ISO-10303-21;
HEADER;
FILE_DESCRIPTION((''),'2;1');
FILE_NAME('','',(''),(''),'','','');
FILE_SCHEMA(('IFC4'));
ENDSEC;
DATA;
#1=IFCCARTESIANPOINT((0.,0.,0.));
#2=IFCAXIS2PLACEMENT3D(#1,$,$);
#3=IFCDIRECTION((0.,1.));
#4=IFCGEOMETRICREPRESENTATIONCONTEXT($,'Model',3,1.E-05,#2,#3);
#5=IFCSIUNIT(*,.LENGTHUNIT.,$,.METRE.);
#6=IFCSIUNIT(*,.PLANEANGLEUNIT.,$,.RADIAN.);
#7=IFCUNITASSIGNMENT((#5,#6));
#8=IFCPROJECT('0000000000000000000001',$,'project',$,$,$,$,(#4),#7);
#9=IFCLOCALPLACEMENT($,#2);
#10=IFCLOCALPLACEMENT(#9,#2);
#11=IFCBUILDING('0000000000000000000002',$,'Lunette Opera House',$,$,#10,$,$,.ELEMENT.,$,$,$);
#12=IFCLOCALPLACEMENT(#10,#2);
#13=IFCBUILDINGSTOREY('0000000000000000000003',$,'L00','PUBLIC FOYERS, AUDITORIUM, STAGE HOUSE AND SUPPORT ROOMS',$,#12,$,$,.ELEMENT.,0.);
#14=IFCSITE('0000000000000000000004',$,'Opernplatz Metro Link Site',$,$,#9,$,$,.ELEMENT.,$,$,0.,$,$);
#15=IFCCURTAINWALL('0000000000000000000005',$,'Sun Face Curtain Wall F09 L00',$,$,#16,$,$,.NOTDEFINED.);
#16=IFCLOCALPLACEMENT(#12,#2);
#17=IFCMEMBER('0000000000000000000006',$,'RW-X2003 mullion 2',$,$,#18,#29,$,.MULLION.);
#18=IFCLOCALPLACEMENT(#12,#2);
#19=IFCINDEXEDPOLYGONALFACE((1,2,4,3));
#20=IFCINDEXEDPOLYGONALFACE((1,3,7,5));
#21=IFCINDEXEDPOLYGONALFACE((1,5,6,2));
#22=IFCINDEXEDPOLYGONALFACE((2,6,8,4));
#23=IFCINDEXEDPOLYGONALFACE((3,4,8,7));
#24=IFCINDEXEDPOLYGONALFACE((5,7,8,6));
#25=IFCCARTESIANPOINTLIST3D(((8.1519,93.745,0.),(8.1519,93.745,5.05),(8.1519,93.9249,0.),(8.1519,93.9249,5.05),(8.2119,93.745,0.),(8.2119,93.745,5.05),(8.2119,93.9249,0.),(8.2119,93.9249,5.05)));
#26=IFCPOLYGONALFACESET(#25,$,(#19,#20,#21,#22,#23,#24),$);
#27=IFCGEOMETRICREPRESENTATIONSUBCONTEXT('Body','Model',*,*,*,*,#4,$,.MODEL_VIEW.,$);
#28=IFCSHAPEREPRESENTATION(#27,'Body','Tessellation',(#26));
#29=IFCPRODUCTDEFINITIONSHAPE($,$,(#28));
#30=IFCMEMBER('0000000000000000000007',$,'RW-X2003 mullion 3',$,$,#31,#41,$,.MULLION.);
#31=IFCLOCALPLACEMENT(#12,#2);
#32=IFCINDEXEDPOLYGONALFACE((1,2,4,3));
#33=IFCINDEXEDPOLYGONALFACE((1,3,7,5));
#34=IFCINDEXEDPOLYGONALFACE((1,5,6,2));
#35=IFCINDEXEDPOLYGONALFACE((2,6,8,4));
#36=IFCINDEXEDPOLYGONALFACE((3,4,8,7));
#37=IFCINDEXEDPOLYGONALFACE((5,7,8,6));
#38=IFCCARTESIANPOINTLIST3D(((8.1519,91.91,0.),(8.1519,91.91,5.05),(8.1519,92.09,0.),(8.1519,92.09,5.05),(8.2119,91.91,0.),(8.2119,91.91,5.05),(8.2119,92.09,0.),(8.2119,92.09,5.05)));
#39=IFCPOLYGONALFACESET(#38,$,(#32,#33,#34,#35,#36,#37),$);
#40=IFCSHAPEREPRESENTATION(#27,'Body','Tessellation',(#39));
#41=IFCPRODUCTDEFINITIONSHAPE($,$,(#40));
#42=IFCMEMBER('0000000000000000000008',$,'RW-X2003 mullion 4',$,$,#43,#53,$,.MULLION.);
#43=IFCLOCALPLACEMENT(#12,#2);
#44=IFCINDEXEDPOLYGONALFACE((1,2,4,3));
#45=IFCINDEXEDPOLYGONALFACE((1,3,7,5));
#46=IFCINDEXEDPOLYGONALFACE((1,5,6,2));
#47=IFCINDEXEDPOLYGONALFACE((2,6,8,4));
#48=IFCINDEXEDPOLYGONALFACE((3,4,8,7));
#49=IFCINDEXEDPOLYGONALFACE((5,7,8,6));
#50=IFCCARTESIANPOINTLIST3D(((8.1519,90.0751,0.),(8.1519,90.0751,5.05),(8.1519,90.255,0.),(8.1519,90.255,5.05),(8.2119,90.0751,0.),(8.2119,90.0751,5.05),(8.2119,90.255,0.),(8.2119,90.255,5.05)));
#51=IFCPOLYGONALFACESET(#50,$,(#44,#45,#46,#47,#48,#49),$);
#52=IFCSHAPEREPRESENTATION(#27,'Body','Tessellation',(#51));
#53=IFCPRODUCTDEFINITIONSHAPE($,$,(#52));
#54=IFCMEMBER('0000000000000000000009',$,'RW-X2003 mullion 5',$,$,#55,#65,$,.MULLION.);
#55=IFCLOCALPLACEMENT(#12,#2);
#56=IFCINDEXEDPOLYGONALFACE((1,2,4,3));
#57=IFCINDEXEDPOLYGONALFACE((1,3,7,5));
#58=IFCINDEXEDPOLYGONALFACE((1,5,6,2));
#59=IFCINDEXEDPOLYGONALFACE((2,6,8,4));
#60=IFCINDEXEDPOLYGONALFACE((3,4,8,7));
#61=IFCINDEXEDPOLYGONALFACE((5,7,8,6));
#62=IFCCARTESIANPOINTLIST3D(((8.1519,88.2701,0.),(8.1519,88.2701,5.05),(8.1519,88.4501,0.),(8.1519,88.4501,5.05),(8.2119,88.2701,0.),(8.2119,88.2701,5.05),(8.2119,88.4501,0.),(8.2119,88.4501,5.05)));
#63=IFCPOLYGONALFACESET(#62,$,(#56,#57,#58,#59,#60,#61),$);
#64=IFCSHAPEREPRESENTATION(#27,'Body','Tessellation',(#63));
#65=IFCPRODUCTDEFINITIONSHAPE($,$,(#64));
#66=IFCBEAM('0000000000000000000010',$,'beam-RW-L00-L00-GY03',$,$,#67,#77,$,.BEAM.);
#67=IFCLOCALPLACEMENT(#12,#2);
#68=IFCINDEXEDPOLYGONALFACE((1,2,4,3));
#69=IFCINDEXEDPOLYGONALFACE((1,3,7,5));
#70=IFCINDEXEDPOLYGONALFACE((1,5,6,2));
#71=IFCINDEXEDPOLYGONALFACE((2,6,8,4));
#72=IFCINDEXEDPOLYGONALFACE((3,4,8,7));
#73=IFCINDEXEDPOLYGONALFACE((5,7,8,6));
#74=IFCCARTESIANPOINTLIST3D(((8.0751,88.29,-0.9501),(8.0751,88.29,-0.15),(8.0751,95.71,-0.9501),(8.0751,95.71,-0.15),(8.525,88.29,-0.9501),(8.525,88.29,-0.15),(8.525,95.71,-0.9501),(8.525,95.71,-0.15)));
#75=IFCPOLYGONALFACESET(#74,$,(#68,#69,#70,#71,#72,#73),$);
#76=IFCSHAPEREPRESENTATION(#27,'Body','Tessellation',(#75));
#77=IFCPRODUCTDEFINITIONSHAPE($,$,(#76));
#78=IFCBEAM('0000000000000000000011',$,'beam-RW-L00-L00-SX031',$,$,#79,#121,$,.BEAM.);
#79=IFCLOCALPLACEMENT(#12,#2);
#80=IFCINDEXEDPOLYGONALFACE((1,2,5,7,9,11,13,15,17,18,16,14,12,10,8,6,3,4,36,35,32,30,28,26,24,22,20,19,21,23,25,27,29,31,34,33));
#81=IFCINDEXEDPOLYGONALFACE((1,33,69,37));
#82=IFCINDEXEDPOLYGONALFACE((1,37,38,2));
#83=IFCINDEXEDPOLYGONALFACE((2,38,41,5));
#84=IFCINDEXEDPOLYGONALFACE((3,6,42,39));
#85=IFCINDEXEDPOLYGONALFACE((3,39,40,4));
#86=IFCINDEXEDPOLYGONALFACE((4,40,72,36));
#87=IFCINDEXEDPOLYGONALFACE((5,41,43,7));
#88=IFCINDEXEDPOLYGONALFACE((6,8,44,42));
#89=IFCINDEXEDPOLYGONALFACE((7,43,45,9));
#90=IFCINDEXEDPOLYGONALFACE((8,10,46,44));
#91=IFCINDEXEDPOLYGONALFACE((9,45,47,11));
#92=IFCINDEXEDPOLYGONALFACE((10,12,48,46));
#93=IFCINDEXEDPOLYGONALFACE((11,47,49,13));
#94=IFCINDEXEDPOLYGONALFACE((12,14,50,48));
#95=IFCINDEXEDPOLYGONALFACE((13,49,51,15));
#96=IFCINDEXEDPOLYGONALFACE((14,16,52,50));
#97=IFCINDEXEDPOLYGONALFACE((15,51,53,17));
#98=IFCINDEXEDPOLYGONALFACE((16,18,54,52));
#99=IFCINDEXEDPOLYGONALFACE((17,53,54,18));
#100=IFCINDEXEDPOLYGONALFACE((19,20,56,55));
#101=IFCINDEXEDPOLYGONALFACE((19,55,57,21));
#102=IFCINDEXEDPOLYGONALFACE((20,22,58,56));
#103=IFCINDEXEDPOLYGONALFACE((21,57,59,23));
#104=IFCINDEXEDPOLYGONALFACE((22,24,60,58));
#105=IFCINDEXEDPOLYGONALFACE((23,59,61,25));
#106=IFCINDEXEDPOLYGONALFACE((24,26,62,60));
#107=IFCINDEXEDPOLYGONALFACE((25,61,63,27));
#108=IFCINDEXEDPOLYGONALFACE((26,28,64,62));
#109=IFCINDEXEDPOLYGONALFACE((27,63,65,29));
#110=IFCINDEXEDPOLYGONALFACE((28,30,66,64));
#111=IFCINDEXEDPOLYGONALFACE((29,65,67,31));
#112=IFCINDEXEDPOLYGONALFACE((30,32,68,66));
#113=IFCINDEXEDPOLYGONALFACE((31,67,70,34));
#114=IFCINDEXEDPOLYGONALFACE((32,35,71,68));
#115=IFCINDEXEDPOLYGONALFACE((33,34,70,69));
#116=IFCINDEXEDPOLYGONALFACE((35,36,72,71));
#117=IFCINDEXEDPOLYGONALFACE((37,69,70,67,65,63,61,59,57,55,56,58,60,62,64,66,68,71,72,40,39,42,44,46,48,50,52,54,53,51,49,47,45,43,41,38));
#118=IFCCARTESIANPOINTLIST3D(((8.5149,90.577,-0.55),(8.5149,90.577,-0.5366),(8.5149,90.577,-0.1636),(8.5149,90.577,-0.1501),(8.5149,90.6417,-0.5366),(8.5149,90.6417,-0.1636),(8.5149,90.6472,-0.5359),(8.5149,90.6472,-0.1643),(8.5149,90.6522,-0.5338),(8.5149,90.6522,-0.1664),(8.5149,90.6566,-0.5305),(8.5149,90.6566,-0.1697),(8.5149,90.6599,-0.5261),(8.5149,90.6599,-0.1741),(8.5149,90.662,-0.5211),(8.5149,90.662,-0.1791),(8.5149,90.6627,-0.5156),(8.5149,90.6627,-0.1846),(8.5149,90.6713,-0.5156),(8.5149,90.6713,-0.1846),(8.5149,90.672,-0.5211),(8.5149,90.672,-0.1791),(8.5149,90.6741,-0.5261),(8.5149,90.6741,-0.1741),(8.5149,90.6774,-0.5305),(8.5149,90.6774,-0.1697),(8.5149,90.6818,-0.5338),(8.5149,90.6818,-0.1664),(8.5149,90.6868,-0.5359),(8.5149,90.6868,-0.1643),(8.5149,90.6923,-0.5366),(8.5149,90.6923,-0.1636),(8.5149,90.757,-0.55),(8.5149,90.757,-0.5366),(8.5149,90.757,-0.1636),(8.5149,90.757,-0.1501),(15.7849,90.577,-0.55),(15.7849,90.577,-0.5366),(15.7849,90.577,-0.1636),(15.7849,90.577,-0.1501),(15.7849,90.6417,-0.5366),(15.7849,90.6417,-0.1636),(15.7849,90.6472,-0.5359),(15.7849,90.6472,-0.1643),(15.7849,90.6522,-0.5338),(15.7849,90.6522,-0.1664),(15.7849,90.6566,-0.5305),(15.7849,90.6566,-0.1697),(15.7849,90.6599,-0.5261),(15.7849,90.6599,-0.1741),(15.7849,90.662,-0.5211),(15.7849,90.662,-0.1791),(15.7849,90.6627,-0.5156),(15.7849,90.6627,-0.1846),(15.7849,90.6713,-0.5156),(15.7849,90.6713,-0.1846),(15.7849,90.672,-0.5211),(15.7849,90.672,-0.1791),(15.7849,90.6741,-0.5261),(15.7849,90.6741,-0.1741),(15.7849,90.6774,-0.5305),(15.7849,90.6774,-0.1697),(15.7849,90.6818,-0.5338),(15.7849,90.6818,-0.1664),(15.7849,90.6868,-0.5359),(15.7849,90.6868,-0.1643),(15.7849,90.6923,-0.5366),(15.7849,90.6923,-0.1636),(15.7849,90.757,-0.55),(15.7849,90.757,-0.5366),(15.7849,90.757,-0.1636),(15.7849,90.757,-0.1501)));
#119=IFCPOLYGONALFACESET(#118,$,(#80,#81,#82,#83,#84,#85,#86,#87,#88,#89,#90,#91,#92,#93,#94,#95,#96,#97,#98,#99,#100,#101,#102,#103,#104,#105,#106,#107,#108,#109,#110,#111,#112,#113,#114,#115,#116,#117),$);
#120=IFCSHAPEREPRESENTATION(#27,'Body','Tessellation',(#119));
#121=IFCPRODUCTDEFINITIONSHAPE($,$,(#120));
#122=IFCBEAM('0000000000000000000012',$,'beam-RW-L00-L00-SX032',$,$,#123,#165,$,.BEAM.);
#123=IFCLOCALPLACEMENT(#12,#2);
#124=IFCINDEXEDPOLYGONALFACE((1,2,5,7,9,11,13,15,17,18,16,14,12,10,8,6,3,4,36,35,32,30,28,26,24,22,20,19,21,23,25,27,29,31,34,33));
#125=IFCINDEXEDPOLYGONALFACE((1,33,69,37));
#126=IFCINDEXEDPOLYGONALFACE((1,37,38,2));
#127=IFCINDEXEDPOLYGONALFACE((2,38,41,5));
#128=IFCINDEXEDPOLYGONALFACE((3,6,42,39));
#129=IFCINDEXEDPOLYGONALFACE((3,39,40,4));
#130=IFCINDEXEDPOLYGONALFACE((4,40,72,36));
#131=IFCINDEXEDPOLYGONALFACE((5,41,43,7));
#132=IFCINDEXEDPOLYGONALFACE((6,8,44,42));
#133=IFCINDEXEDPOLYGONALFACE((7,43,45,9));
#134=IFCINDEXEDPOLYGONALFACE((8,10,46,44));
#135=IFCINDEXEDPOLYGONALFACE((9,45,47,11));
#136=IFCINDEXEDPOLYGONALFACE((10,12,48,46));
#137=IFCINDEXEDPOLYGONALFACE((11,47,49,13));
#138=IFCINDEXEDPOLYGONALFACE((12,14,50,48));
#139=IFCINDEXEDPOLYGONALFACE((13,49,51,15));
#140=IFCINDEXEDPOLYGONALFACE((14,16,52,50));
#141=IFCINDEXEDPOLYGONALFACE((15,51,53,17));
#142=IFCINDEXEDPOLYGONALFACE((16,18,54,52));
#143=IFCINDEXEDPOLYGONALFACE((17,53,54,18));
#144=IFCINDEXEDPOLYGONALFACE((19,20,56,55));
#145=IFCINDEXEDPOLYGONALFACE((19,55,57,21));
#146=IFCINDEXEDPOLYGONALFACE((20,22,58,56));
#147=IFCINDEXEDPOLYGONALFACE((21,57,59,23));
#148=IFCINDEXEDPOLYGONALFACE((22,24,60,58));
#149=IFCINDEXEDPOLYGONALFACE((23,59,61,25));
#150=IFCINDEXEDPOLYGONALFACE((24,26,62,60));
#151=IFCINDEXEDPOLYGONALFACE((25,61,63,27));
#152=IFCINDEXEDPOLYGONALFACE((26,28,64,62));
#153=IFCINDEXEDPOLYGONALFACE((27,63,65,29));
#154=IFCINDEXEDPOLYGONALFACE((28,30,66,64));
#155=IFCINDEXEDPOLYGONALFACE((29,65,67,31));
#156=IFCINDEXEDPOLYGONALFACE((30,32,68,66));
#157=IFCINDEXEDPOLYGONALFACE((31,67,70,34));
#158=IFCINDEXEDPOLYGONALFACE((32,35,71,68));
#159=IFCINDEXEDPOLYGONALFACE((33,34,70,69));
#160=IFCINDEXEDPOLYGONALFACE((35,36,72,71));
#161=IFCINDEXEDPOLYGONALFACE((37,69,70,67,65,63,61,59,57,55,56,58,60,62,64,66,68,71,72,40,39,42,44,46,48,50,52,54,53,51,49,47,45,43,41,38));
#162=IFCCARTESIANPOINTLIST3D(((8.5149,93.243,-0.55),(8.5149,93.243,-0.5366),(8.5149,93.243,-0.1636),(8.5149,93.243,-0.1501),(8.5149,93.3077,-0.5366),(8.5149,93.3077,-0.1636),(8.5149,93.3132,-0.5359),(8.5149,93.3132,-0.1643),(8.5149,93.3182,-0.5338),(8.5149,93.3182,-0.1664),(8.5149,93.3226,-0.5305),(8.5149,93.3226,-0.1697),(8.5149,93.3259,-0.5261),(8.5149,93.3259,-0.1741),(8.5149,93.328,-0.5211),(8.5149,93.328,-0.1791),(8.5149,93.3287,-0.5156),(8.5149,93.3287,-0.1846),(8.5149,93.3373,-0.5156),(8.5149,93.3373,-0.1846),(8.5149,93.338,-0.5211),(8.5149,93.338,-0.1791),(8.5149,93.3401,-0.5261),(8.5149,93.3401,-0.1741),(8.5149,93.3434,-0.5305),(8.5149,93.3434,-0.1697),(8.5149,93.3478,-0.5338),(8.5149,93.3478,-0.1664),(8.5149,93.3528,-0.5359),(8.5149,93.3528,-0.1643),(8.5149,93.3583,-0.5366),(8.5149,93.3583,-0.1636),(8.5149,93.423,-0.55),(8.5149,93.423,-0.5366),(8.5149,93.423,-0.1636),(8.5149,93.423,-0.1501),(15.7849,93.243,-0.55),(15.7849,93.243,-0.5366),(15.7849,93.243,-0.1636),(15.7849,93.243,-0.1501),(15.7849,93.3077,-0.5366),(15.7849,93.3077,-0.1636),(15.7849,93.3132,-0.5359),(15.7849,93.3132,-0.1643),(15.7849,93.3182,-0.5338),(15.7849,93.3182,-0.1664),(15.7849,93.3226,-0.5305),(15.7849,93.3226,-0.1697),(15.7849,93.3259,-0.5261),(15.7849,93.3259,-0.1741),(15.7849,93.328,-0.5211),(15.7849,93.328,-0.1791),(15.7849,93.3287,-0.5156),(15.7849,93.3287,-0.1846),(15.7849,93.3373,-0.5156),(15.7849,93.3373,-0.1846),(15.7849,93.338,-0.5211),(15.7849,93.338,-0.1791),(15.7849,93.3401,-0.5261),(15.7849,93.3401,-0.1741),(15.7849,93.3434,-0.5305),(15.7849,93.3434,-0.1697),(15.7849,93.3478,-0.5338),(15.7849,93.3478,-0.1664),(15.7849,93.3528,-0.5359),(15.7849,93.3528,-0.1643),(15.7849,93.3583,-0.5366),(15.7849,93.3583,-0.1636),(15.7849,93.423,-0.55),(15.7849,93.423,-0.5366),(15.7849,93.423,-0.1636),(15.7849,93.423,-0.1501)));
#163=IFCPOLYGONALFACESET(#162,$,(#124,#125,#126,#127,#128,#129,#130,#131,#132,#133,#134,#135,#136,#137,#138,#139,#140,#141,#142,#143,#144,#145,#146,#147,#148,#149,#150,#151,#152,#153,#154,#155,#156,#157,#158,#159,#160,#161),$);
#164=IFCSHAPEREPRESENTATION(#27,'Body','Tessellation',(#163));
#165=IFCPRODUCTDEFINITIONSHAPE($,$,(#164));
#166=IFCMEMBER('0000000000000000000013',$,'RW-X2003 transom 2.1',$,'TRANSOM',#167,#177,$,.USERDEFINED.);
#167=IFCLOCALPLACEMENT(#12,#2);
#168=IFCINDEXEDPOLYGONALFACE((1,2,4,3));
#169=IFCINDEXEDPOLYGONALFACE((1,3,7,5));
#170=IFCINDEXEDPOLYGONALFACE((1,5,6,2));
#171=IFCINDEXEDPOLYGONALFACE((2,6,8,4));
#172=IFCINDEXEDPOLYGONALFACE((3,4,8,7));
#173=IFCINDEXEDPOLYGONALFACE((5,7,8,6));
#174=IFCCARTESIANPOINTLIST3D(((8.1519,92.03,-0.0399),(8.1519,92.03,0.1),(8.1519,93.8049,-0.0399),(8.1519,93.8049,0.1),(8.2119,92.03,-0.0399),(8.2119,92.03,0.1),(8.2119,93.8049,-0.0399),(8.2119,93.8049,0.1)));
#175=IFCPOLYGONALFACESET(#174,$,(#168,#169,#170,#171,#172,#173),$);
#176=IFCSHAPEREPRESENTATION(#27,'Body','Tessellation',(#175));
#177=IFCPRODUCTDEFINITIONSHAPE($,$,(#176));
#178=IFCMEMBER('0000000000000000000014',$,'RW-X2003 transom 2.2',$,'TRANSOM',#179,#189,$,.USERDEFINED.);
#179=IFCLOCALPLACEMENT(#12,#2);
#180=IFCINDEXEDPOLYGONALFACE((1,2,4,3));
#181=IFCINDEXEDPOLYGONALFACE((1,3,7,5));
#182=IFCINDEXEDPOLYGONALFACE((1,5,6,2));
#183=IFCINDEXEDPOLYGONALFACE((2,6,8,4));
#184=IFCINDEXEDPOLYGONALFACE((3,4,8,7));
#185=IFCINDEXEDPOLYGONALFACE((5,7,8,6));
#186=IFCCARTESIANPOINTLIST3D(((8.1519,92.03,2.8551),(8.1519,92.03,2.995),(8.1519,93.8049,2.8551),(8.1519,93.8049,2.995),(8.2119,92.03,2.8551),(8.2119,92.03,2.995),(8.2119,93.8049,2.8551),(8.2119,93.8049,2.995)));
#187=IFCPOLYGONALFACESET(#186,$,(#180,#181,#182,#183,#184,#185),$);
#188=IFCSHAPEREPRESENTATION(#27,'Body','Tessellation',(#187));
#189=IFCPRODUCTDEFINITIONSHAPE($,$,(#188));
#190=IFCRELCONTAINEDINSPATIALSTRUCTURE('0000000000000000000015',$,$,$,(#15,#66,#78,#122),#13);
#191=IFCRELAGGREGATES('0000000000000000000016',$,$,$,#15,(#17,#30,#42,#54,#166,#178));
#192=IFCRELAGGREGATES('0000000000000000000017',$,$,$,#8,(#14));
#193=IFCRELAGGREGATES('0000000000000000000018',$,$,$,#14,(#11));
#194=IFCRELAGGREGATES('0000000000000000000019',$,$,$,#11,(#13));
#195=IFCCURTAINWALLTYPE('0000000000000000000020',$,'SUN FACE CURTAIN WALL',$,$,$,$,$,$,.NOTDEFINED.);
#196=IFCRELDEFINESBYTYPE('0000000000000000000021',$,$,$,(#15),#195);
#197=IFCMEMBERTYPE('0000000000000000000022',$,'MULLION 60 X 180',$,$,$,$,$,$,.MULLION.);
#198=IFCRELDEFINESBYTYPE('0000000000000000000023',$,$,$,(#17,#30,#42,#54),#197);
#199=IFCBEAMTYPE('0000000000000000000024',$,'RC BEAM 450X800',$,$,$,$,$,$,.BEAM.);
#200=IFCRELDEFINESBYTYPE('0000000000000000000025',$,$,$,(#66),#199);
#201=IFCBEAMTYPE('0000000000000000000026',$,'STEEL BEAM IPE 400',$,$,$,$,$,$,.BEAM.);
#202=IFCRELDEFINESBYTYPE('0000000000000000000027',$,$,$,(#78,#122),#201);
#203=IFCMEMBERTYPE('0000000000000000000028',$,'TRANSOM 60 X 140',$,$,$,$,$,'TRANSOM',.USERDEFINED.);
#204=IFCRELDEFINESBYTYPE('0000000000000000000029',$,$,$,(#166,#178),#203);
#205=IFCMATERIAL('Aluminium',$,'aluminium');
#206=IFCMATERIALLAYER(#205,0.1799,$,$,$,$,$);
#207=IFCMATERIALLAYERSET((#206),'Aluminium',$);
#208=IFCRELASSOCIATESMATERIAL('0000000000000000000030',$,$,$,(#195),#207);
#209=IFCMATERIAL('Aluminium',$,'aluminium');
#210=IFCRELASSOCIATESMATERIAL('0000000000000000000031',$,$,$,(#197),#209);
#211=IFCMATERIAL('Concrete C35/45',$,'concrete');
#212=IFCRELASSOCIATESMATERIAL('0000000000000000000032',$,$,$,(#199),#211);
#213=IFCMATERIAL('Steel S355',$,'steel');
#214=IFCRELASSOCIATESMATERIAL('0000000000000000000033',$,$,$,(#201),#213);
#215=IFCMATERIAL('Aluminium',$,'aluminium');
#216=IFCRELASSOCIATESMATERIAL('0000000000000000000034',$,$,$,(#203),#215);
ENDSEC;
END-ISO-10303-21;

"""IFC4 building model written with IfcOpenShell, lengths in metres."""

from ifc_helpers import new_model, si_unit, direction, frame, origin, origin_2d, place, context, subcontext, project, spatial, rectangle, i_section, extrude, material, layer, layer_set, material_profile, profile_set, type_object, element, aggregate, save


model = new_model("IFC4")

# Units and contexts
model_context = context("Model", 3, precision=1e-05, world=origin(), true_north=direction((0.0, 1.0)))
body_context = subcontext(model_context, "Body", "Model", "MODEL_VIEW")
ifc_project = project(units=[si_unit("LENGTHUNIT", "METRE"), si_unit("PLANEANGLEUNIT", "RADIAN")], contexts=[model_context])

# Site, building, storey
site_placement = place(None, origin())
site = spatial("IfcSite", under=ifc_project, at=site_placement, Name="Opernplatz Metro Link Site", CompositionType="ELEMENT", RefElevation=0.0)
building_placement = place(site_placement, origin())
building = spatial("IfcBuilding", under=site, at=building_placement, Name="Lunette Opera House", CompositionType="ELEMENT")
storey_placement = place(building_placement, origin())
storey = spatial("IfcBuildingStorey", under=building, at=storey_placement, Name="L00", Description="PUBLIC FOYERS, AUDITORIUM, STAGE HOUSE AND SUPPORT ROOMS", CompositionType="ELEMENT", Elevation=0.0)

# Curtain wall, members
ifc_material_1 = material(Name="Aluminium", Category="aluminium")
ifc_layer_1 = layer(ifc_material_1, 0.1799)
ifc_layer_set_1 = layer_set([ifc_layer_1], Name="Aluminium")
curtain_wall_type = type_object("IfcCurtainWallType", Name="SUN FACE CURTAIN WALL", PredefinedType="NOTDEFINED", material=ifc_layer_set_1)
curtain_wall_placement = place(storey_placement, origin())
curtain_wall = element("IfcCurtainWall", 1, at=curtain_wall_placement, inside=storey, type_object=curtain_wall_type, Name="Sun Face Curtain Wall F09 L00", PredefinedType="NOTDEFINED")
ifc_material_2 = material(Name="Aluminium", Category="aluminium")
ifc_material_profile_1 = material_profile(ifc_material_2, rectangle(XDim=0.0601, YDim=0.1799, at=origin_2d()), Name="MULLION 60 X 180")
ifc_profile_set_1 = profile_set([ifc_material_profile_1], Name="Aluminium")
member_type_1 = type_object("IfcMemberType", Name="MULLION 60 X 180", PredefinedType="MULLION", material=ifc_profile_set_1)
member_1_placement = place(storey_placement, frame((8.1819, 93.835, 0.0), z_axis=(0.0, 0.0, 1.0), x_axis=(1.0, 0.0, 0.0)))
member_1 = element("IfcMember", 2, at=member_1_placement, type_object=member_type_1, Name="RW-X2003 mullion 2", PredefinedType="MULLION", context=body_context, shape_type="SweptSolid", body=[
    extrude(rectangle(XDim=0.0601, YDim=0.1799, at=origin_2d()), origin(), (0.0, 0.0, 1.0), 5.05),
])
member_2_placement = place(storey_placement, frame((8.1819, 92.0, 0.0), z_axis=(0.0, 0.0, 1.0), x_axis=(1.0, 0.0, 0.0)))
member_2 = element("IfcMember", 3, at=member_2_placement, type_object=member_type_1, Name="RW-X2003 mullion 3", PredefinedType="MULLION", context=body_context, shape_type="SweptSolid", body=[
    extrude(rectangle(XDim=0.0601, YDim=0.1799, at=origin_2d()), origin(), (0.0, 0.0, 1.0), 5.05),
])
member_3_placement = place(storey_placement, frame((8.1819, 90.165, 0.0), z_axis=(0.0, 0.0, 1.0), x_axis=(1.0, 0.0, 0.0)))
member_3 = element("IfcMember", 4, at=member_3_placement, type_object=member_type_1, Name="RW-X2003 mullion 4", PredefinedType="MULLION", context=body_context, shape_type="SweptSolid", body=[
    extrude(rectangle(XDim=0.0601, YDim=0.1799, at=origin_2d()), origin(), (0.0, 0.0, 1.0), 5.05),
])
member_4_placement = place(storey_placement, frame((8.1819, 88.3601, 0.0), z_axis=(0.0, 0.0, 1.0), x_axis=(1.0, 0.0, 0.0)))
member_4 = element("IfcMember", 5, at=member_4_placement, type_object=member_type_1, Name="RW-X2003 mullion 5", PredefinedType="MULLION", context=body_context, shape_type="SweptSolid", body=[
    extrude(rectangle(XDim=0.0601, YDim=0.1799, at=origin_2d()), origin(), (0.0, 0.0, 1.0), 5.05),
])

# Beams
ifc_material_3 = material(Name="Concrete C35/45", Category="concrete")
ifc_material_profile_2 = material_profile(ifc_material_3, rectangle(XDim=0.45, YDim=0.8, at=origin_2d()), Name="RC BEAM 450X800")
ifc_profile_set_2 = profile_set([ifc_material_profile_2], Name="Concrete C35/45")
beam_type_1 = type_object("IfcBeamType", Name="RC BEAM 450X800", PredefinedType="BEAM", material=ifc_profile_set_2)
beam_placement = place(storey_placement, frame((8.3, 88.29, -0.55), z_axis=(0.0, 1.0, 0.0), x_axis=(-1.0, 0.0, 0.0)))
element("IfcBeam", 6, at=beam_placement, inside=storey, type_object=beam_type_1, Name="beam-RW-L00-L00-GY03", PredefinedType="BEAM", context=body_context, shape_type="SweptSolid", body=[
    extrude(rectangle(XDim=0.45, YDim=0.8, at=origin_2d()), origin(), (0.0, 0.0, 1.0), 7.4199),
])
ifc_material_4 = material(Name="Steel S355", Category="steel")
ifc_material_profile_3 = material_profile(ifc_material_4, i_section(OverallWidth=0.1799, OverallDepth=0.3999, WebThickness=0.0085, FlangeThickness=0.0134, FilletRadius=0.021, at=origin_2d()), Name="IPE 400")
ifc_profile_set_3 = profile_set([ifc_material_profile_3], Name="Steel S355")
beam_type_2 = type_object("IfcBeamType", Name="STEEL BEAM IPE 400", PredefinedType="BEAM", material=ifc_profile_set_3)
for number, where, z_axis, x_axis, name in (
    (7, (8.5149, 90.667, -0.3501), (1.0, 0.0, 0.0), (0.0, 1.0, 0.0), "beam-RW-L00-L00-SX031"),
    (8, (8.5149, 93.333, -0.3501), (1.0, 0.0, 0.0), (0.0, 1.0, 0.0), "beam-RW-L00-L00-SX032"),
):
    element("IfcBeam", number, at=place(storey_placement, frame(where, z_axis=z_axis, x_axis=x_axis)), inside=storey, type_object=beam_type_2, Name=name, PredefinedType="BEAM", context=body_context, shape_type="SweptSolid", body=[
        extrude(i_section(OverallWidth=0.1799, OverallDepth=0.3999, WebThickness=0.0085, FlangeThickness=0.0134, FilletRadius=0.021, at=origin_2d()), origin(), (0.0, 0.0, 1.0), 7.27),
    ])

# Members
ifc_material_5 = material(Name="Aluminium", Category="aluminium")
ifc_material_profile_4 = material_profile(ifc_material_5, rectangle(XDim=0.0601, YDim=0.1399, at=origin_2d()), Name="TRANSOM 60 X 140")
ifc_profile_set_4 = profile_set([ifc_material_profile_4], Name="Aluminium")
member_type_2 = type_object("IfcMemberType", Name="TRANSOM 60 X 140", ElementType="TRANSOM", PredefinedType="USERDEFINED", material=ifc_profile_set_4)
member_5_placement = place(storey_placement, frame((8.1819, 93.8049, 0.03), z_axis=(0.0, -1.0, 0.0), x_axis=(1.0, 0.0, 0.0)))
member_5 = element("IfcMember", 9, at=member_5_placement, type_object=member_type_2, Name="RW-X2003 transom 2.1", ObjectType="TRANSOM", PredefinedType="USERDEFINED", context=body_context, shape_type="SweptSolid", body=[
    extrude(rectangle(XDim=0.0601, YDim=0.1399, at=origin_2d()), origin(), (0.0, 0.0, 1.0), 1.7749),
])
member_6_placement = place(storey_placement, frame((8.1819, 93.8049, 2.925), z_axis=(0.0, -1.0, 0.0), x_axis=(1.0, 0.0, 0.0)))
member_6 = element("IfcMember", 10, at=member_6_placement, type_object=member_type_2, Name="RW-X2003 transom 2.2", ObjectType="TRANSOM", PredefinedType="USERDEFINED", context=body_context, shape_type="SweptSolid", body=[
    extrude(rectangle(XDim=0.0601, YDim=0.1399, at=origin_2d()), origin(), (0.0, 0.0, 1.0), 1.7749),
])

aggregate(curtain_wall, [member_1, member_2, member_3, member_4, member_5, member_6])

save(model, "model.ifc")
